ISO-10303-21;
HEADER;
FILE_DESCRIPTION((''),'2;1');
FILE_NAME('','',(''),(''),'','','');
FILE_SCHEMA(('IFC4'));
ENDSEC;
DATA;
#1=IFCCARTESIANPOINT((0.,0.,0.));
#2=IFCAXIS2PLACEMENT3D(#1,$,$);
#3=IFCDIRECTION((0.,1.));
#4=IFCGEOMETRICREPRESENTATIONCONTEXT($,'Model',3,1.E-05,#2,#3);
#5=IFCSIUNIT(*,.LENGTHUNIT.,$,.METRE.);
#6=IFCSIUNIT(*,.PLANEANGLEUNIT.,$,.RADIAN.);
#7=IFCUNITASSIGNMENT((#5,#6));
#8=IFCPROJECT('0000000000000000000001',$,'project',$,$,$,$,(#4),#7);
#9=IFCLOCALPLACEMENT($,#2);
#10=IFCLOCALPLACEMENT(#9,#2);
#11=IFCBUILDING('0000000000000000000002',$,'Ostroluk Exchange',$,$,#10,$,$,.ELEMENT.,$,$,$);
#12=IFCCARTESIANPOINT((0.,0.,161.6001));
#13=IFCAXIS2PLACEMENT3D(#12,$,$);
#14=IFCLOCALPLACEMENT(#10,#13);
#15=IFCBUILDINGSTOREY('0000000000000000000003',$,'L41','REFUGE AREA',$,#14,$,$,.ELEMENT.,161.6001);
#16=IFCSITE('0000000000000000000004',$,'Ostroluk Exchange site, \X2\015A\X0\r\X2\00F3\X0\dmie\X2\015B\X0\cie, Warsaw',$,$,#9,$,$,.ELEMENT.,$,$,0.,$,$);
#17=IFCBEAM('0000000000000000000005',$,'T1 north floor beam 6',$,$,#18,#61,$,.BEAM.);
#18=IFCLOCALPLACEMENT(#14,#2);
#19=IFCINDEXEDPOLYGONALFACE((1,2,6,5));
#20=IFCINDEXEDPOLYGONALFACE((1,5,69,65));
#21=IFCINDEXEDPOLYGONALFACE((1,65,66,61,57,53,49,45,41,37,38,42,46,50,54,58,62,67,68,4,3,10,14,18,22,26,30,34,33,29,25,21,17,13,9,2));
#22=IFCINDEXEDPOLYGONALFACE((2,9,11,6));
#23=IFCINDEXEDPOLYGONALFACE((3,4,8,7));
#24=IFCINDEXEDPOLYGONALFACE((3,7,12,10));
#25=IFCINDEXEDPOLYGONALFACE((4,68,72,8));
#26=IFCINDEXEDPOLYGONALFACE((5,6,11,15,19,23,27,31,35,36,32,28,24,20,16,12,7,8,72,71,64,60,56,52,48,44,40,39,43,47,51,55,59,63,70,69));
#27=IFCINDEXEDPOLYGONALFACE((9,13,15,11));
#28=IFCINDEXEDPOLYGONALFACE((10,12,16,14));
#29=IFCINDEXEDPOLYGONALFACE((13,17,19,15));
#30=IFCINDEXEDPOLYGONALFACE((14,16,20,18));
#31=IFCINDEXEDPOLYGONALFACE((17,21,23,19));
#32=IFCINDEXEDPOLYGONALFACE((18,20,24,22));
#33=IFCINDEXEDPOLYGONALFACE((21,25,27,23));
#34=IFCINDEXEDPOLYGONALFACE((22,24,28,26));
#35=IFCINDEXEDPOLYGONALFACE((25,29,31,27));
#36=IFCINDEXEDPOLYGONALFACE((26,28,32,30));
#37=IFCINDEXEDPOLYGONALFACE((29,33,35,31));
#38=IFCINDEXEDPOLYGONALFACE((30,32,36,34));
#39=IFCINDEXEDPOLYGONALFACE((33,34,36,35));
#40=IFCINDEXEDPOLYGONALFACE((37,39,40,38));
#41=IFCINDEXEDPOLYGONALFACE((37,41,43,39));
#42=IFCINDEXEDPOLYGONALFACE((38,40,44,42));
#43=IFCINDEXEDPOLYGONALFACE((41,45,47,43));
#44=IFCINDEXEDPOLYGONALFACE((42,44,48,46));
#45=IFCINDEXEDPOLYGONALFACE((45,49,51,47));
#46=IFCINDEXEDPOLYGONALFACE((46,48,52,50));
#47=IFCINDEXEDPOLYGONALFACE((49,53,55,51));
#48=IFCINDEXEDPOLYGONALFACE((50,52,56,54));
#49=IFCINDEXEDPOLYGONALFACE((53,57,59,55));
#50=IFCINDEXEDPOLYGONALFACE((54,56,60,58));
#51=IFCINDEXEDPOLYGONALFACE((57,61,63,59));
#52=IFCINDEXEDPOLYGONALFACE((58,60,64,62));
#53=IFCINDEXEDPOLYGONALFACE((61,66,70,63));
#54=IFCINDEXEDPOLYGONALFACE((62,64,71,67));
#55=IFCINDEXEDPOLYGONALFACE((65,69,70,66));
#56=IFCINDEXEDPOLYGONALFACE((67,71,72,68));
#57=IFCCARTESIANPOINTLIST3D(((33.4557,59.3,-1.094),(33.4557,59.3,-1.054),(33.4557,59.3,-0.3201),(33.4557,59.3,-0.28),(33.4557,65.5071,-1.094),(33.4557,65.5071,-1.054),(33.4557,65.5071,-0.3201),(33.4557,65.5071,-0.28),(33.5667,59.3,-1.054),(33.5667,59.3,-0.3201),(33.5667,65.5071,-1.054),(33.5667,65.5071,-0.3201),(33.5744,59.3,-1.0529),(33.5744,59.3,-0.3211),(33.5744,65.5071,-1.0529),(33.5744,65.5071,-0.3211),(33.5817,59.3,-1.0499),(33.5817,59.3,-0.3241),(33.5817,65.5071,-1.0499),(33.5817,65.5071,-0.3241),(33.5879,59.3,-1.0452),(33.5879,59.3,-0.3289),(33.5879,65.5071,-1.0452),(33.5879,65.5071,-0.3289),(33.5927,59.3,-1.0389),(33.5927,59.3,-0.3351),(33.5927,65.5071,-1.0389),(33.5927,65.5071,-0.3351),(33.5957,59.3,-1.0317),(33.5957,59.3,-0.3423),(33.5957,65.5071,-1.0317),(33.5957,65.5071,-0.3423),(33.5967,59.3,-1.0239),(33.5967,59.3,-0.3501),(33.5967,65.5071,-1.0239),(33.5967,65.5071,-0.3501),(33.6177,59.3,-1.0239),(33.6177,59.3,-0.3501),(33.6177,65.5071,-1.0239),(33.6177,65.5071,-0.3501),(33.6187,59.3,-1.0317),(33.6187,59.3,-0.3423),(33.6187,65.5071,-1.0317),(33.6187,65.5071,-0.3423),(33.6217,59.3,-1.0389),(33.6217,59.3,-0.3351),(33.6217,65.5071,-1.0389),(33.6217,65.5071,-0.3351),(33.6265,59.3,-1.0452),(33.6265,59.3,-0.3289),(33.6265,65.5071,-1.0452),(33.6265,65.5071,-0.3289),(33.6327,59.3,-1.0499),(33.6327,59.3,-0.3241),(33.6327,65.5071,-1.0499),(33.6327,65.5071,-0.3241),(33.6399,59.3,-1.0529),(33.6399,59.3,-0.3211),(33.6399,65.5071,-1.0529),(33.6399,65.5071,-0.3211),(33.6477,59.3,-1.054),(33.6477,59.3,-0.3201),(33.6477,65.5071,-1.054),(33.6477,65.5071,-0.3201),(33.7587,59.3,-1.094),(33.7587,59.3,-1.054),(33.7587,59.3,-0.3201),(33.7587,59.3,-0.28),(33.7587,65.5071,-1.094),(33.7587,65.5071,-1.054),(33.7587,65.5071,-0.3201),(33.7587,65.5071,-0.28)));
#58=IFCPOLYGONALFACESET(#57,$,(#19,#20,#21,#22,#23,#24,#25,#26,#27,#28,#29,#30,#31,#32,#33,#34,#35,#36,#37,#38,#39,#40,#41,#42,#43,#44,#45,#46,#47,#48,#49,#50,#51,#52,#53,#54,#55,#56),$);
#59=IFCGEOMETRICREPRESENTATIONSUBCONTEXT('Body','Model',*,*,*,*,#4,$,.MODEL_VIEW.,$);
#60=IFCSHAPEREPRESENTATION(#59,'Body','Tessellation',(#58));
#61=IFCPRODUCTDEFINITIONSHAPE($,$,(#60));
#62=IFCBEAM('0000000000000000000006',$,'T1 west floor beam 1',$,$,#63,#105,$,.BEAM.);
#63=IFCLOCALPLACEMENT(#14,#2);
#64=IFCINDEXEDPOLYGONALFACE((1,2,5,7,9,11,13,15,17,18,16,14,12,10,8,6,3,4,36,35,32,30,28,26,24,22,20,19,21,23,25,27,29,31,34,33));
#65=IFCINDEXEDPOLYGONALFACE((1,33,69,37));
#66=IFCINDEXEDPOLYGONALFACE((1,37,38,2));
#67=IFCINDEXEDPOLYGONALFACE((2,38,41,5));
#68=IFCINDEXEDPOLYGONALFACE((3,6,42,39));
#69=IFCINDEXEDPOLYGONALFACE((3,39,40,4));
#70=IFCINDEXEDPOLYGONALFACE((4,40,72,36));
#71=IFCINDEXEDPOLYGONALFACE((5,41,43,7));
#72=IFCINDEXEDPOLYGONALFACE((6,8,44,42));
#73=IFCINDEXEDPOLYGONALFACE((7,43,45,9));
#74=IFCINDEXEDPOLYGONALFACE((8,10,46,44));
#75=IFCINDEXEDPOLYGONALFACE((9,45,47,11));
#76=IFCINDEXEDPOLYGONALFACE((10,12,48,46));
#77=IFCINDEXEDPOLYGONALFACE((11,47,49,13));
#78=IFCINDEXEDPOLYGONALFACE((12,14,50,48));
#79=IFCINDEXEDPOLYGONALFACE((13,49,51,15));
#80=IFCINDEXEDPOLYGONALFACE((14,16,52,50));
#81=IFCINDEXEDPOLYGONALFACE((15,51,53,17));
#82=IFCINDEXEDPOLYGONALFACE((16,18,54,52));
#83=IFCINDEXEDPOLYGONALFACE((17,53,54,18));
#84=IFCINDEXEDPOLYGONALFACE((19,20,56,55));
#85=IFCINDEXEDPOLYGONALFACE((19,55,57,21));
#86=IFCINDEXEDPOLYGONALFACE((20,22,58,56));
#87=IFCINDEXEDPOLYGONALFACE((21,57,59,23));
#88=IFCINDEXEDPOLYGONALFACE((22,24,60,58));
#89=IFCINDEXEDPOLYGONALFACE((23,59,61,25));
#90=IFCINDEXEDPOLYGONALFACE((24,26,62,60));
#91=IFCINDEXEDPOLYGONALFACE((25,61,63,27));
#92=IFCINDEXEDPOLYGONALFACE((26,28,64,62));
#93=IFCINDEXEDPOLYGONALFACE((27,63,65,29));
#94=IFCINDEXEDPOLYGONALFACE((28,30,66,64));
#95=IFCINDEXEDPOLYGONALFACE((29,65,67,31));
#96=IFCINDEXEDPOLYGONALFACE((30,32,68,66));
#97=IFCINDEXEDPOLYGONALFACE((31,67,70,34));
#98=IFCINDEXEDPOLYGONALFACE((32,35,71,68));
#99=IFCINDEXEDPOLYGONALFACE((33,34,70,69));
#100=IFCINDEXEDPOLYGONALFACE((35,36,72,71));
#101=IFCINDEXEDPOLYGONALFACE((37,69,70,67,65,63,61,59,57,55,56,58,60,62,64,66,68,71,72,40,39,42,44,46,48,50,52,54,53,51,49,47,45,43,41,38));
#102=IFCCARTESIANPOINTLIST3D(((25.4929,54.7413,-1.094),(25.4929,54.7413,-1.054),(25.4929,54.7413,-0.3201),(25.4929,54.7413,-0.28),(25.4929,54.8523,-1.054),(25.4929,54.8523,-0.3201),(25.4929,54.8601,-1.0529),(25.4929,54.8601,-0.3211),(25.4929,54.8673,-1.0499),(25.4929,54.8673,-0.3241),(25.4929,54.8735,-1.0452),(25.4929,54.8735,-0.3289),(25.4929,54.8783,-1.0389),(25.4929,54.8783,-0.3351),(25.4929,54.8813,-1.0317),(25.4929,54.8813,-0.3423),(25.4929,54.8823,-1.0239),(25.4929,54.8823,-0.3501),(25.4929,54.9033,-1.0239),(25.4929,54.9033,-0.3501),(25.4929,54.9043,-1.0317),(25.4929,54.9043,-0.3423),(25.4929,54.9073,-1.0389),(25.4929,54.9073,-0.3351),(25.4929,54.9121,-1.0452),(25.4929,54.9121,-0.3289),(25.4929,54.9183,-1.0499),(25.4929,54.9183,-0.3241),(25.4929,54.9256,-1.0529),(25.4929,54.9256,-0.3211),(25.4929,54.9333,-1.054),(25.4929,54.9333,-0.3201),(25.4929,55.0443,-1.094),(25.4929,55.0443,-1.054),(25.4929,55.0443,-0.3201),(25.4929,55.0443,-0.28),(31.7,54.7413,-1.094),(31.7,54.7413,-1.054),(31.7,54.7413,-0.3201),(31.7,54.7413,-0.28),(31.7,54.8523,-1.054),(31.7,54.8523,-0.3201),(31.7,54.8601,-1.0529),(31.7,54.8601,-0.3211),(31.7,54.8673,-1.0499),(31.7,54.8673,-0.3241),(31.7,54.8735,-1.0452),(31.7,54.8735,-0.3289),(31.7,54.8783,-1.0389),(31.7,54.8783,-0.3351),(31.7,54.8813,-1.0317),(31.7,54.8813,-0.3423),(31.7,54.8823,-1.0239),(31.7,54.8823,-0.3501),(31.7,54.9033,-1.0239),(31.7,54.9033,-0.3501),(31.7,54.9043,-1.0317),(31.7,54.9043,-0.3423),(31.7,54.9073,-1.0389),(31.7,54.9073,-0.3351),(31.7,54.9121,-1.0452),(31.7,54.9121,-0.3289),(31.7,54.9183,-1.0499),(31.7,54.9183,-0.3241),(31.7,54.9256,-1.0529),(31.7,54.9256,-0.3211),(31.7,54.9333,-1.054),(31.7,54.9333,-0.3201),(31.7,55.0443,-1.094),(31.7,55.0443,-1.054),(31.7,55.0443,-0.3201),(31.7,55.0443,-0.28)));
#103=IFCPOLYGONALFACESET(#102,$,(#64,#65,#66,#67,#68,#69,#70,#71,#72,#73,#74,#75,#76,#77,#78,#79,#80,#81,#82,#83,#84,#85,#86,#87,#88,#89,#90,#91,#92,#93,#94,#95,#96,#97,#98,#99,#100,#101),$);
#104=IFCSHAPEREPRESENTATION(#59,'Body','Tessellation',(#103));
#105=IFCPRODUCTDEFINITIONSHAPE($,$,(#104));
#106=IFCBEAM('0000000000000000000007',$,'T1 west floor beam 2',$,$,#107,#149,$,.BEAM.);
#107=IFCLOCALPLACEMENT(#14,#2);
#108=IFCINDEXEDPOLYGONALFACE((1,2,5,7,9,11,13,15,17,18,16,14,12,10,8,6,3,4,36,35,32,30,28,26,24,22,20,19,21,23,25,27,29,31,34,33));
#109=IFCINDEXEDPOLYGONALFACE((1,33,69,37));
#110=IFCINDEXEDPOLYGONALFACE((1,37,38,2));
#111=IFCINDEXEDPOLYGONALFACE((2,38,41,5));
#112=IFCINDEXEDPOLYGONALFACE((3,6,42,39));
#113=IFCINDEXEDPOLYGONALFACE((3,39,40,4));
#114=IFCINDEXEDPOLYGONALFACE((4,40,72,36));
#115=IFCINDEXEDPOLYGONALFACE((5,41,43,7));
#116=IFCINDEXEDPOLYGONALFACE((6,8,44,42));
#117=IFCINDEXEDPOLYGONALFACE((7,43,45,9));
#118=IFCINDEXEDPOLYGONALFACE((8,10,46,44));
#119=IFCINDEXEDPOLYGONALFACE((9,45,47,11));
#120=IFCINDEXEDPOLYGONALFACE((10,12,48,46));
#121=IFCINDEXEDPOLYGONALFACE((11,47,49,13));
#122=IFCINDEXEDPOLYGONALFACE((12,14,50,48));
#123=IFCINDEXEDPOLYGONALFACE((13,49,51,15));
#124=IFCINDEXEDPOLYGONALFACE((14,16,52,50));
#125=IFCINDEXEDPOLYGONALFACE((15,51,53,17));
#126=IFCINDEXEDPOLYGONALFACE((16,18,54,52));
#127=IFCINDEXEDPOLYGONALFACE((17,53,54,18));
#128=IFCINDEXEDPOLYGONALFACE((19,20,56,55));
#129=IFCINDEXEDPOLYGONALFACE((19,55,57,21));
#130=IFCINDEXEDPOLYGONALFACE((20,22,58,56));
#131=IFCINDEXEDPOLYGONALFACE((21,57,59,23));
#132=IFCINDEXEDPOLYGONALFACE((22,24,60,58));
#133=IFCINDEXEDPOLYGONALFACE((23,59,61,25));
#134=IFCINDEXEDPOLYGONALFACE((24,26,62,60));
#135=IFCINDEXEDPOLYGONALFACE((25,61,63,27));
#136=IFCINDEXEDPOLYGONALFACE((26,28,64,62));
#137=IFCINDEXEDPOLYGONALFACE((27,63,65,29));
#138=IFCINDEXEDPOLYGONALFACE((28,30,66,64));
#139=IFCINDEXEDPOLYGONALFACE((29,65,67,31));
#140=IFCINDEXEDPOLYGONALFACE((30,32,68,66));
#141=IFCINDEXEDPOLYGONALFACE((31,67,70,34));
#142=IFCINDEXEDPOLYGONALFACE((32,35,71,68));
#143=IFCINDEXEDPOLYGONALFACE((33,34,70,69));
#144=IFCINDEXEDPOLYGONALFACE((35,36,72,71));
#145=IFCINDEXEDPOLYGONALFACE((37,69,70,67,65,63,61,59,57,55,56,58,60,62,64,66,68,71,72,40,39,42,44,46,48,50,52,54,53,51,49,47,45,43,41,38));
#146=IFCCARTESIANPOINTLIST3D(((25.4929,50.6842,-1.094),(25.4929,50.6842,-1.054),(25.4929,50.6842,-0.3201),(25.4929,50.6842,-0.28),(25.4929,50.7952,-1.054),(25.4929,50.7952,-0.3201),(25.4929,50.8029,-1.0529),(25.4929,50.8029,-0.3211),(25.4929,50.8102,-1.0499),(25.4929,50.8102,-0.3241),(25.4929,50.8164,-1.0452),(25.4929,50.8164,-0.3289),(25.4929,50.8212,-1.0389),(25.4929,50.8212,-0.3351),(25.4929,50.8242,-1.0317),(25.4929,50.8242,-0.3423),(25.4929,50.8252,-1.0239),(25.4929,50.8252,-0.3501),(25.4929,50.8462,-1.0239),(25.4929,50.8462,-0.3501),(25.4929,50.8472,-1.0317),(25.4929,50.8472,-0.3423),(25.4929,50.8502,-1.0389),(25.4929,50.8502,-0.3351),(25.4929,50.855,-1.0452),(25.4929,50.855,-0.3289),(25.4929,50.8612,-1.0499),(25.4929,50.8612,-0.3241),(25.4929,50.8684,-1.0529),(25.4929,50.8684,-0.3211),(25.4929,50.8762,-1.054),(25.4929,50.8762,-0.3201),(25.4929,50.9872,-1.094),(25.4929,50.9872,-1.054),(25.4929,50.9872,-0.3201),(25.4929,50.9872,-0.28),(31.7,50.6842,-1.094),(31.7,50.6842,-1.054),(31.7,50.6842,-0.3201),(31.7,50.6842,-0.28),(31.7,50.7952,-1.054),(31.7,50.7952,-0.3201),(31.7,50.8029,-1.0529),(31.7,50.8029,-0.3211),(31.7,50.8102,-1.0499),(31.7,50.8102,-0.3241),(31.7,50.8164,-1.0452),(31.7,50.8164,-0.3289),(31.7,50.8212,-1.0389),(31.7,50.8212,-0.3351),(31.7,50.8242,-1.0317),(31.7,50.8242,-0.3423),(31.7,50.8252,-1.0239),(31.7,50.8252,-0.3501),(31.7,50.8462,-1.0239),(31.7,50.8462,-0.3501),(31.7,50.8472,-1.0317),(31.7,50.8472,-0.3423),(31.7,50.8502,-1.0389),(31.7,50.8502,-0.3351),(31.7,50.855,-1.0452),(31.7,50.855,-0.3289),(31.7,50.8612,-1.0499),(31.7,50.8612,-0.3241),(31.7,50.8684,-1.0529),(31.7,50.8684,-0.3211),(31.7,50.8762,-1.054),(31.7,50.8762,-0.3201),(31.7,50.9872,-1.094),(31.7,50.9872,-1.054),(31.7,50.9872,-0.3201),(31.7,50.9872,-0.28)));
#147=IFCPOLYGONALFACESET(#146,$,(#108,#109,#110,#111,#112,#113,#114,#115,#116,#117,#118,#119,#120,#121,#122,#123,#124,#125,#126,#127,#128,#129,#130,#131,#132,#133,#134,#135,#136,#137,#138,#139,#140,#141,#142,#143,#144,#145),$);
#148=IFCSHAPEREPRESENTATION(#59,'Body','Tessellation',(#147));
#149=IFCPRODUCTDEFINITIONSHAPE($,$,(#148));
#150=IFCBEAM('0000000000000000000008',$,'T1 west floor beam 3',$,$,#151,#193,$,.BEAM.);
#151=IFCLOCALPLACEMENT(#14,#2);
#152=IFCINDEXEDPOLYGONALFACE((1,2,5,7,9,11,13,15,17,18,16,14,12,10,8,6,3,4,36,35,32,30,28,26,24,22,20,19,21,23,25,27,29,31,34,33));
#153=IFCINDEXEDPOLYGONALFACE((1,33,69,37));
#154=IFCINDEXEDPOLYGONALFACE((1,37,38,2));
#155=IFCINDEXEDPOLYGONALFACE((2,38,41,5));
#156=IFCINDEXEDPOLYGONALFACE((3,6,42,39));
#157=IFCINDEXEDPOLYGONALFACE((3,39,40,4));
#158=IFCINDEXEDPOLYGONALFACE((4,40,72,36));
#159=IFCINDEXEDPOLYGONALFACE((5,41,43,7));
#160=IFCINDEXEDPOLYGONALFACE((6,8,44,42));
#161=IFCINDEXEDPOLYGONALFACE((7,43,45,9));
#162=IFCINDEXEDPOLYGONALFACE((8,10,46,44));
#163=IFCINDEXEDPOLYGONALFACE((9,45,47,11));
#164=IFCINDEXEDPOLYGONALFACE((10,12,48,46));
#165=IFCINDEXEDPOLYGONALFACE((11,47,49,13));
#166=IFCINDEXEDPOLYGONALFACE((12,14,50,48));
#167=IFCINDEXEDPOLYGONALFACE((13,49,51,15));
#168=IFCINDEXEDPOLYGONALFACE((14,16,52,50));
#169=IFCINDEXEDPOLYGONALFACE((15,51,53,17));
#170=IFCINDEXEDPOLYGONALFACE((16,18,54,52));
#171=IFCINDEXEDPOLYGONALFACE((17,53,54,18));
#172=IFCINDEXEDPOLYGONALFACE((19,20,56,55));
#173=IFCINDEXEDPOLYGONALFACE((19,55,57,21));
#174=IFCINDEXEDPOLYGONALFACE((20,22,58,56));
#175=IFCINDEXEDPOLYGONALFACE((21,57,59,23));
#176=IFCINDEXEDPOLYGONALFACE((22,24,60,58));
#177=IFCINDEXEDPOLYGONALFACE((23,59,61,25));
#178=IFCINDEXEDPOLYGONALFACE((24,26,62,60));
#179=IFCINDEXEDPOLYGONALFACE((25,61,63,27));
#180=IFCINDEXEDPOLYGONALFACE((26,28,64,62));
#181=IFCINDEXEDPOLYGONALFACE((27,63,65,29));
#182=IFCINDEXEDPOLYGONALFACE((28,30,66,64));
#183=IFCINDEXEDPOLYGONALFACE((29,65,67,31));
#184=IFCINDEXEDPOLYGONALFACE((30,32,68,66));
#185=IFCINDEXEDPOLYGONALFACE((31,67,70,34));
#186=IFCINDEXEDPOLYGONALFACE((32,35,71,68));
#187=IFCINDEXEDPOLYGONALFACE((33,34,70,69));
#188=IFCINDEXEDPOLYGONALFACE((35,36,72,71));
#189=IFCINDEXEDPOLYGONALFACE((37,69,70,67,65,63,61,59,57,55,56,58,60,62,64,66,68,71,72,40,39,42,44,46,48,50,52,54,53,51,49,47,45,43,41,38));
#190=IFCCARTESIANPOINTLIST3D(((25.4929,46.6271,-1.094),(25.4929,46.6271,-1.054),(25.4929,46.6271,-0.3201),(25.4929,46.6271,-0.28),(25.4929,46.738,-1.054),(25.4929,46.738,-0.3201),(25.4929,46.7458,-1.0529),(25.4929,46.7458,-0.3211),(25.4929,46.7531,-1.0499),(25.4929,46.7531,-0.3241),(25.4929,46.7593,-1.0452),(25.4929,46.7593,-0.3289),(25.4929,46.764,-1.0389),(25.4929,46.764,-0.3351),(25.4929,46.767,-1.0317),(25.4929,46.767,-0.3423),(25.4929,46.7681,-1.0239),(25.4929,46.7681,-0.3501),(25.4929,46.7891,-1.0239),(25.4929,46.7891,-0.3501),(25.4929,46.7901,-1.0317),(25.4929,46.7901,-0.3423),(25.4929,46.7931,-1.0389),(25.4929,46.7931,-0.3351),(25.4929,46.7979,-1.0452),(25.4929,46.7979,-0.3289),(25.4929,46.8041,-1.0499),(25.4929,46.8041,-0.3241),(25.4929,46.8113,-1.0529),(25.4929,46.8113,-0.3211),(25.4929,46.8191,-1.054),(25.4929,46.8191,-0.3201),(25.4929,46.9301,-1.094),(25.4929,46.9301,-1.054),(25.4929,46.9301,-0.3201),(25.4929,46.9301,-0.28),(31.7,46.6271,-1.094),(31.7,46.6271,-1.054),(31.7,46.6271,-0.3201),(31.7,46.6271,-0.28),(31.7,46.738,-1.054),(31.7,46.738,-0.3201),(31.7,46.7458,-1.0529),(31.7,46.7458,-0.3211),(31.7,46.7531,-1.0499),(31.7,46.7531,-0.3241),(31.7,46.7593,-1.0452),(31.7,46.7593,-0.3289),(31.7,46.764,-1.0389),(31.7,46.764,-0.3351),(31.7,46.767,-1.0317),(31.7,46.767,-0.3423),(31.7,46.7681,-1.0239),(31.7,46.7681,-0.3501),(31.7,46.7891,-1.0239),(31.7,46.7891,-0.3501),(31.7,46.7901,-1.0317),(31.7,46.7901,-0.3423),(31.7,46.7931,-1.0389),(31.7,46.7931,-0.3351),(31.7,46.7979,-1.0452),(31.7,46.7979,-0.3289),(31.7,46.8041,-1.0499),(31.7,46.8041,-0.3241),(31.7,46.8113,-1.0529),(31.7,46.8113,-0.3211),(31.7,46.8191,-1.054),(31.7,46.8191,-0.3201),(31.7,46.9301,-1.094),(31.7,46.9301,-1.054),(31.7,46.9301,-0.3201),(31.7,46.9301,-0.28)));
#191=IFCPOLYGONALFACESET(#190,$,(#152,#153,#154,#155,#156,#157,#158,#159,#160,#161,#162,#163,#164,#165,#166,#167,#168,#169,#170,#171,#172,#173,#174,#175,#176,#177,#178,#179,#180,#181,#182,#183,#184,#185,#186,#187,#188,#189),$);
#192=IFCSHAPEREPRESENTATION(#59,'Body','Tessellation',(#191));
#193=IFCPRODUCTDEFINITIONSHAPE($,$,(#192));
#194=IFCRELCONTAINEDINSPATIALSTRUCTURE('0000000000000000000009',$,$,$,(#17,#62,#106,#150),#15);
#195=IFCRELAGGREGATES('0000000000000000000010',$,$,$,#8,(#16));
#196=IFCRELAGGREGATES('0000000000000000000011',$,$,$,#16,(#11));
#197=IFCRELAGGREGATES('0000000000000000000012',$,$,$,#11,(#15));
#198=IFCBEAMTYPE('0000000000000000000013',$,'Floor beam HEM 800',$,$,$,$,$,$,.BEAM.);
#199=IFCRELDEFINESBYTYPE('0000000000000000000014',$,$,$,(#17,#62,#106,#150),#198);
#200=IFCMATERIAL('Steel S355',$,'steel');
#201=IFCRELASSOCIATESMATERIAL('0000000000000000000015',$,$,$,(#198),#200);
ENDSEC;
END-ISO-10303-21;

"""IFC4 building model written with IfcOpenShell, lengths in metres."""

from ifc_helpers import new_model, si_unit, direction, frame, origin, origin_2d, place, context, subcontext, project, spatial, i_section, extrude, material, material_profile, profile_set, type_object, element, save


model = new_model("IFC4")

# Units and contexts
model_context = context("Model", 3, precision=1e-05, world=origin(), true_north=direction((0.0, 1.0)))
body_context = subcontext(model_context, "Body", "Model", "MODEL_VIEW")
ifc_project = project(units=[si_unit("LENGTHUNIT", "METRE"), si_unit("PLANEANGLEUNIT", "RADIAN")], contexts=[model_context])

# Site, building, storey
site_placement = place(None, origin())
site = spatial("IfcSite", under=ifc_project, at=site_placement, Name="Ostroluk Exchange site, Śródmieście, Warsaw", CompositionType="ELEMENT", RefElevation=0.0)
building_placement = place(site_placement, origin())
building = spatial("IfcBuilding", under=site, at=building_placement, Name="Ostroluk Exchange", CompositionType="ELEMENT")
storey_placement = place(building_placement, frame((0.0, 0.0, 161.6001)))
storey = spatial("IfcBuildingStorey", under=building, at=storey_placement, Name="L41", Description="REFUGE AREA", CompositionType="ELEMENT", Elevation=161.6001)

# Beams
ifc_material_1 = material(Name="Steel S355", Category="steel")
ifc_material_profile_1 = material_profile(ifc_material_1, i_section(OverallWidth=0.303, OverallDepth=0.814, WebThickness=0.021, FlangeThickness=0.04, FilletRadius=0.03, at=origin_2d()), Name="HEM 800")
ifc_profile_set_1 = profile_set([ifc_material_profile_1], Name="Steel S355")
beam_type_1 = type_object("IfcBeamType", Name="Floor beam HEM 800", PredefinedType="BEAM", material=ifc_profile_set_1)
for number, where, z_axis, x_axis, name in (
    (1, (33.6072, 59.3, -0.687), (0.0, 1.0, 0.0), (-1.0, 0.0, 0.0), "T1 north floor beam 6"),
    (2, (31.7, 54.8928, -0.687), (-1.0, 0.0, 0.0), (0.0, -1.0, 0.0), "T1 west floor beam 1"),
    (3, (31.7, 50.8357, -0.687), (-1.0, 0.0, 0.0), (0.0, -1.0, 0.0), "T1 west floor beam 2"),
    (4, (31.7, 46.7786, -0.687), (-1.0, 0.0, 0.0), (0.0, -1.0, 0.0), "T1 west floor beam 3"),
):
    element("IfcBeam", number, at=place(storey_placement, frame(where, z_axis=z_axis, x_axis=x_axis)), inside=storey, type_object=beam_type_1, Name=name, PredefinedType="BEAM", context=body_context, shape_type="SweptSolid", body=[
        extrude(i_section(OverallWidth=0.303, OverallDepth=0.814, WebThickness=0.021, FlangeThickness=0.04, FilletRadius=0.03, at=origin_2d()), origin(), (0.0, 0.0, 1.0), 6.207),
    ])

save(model, "model.ifc")
